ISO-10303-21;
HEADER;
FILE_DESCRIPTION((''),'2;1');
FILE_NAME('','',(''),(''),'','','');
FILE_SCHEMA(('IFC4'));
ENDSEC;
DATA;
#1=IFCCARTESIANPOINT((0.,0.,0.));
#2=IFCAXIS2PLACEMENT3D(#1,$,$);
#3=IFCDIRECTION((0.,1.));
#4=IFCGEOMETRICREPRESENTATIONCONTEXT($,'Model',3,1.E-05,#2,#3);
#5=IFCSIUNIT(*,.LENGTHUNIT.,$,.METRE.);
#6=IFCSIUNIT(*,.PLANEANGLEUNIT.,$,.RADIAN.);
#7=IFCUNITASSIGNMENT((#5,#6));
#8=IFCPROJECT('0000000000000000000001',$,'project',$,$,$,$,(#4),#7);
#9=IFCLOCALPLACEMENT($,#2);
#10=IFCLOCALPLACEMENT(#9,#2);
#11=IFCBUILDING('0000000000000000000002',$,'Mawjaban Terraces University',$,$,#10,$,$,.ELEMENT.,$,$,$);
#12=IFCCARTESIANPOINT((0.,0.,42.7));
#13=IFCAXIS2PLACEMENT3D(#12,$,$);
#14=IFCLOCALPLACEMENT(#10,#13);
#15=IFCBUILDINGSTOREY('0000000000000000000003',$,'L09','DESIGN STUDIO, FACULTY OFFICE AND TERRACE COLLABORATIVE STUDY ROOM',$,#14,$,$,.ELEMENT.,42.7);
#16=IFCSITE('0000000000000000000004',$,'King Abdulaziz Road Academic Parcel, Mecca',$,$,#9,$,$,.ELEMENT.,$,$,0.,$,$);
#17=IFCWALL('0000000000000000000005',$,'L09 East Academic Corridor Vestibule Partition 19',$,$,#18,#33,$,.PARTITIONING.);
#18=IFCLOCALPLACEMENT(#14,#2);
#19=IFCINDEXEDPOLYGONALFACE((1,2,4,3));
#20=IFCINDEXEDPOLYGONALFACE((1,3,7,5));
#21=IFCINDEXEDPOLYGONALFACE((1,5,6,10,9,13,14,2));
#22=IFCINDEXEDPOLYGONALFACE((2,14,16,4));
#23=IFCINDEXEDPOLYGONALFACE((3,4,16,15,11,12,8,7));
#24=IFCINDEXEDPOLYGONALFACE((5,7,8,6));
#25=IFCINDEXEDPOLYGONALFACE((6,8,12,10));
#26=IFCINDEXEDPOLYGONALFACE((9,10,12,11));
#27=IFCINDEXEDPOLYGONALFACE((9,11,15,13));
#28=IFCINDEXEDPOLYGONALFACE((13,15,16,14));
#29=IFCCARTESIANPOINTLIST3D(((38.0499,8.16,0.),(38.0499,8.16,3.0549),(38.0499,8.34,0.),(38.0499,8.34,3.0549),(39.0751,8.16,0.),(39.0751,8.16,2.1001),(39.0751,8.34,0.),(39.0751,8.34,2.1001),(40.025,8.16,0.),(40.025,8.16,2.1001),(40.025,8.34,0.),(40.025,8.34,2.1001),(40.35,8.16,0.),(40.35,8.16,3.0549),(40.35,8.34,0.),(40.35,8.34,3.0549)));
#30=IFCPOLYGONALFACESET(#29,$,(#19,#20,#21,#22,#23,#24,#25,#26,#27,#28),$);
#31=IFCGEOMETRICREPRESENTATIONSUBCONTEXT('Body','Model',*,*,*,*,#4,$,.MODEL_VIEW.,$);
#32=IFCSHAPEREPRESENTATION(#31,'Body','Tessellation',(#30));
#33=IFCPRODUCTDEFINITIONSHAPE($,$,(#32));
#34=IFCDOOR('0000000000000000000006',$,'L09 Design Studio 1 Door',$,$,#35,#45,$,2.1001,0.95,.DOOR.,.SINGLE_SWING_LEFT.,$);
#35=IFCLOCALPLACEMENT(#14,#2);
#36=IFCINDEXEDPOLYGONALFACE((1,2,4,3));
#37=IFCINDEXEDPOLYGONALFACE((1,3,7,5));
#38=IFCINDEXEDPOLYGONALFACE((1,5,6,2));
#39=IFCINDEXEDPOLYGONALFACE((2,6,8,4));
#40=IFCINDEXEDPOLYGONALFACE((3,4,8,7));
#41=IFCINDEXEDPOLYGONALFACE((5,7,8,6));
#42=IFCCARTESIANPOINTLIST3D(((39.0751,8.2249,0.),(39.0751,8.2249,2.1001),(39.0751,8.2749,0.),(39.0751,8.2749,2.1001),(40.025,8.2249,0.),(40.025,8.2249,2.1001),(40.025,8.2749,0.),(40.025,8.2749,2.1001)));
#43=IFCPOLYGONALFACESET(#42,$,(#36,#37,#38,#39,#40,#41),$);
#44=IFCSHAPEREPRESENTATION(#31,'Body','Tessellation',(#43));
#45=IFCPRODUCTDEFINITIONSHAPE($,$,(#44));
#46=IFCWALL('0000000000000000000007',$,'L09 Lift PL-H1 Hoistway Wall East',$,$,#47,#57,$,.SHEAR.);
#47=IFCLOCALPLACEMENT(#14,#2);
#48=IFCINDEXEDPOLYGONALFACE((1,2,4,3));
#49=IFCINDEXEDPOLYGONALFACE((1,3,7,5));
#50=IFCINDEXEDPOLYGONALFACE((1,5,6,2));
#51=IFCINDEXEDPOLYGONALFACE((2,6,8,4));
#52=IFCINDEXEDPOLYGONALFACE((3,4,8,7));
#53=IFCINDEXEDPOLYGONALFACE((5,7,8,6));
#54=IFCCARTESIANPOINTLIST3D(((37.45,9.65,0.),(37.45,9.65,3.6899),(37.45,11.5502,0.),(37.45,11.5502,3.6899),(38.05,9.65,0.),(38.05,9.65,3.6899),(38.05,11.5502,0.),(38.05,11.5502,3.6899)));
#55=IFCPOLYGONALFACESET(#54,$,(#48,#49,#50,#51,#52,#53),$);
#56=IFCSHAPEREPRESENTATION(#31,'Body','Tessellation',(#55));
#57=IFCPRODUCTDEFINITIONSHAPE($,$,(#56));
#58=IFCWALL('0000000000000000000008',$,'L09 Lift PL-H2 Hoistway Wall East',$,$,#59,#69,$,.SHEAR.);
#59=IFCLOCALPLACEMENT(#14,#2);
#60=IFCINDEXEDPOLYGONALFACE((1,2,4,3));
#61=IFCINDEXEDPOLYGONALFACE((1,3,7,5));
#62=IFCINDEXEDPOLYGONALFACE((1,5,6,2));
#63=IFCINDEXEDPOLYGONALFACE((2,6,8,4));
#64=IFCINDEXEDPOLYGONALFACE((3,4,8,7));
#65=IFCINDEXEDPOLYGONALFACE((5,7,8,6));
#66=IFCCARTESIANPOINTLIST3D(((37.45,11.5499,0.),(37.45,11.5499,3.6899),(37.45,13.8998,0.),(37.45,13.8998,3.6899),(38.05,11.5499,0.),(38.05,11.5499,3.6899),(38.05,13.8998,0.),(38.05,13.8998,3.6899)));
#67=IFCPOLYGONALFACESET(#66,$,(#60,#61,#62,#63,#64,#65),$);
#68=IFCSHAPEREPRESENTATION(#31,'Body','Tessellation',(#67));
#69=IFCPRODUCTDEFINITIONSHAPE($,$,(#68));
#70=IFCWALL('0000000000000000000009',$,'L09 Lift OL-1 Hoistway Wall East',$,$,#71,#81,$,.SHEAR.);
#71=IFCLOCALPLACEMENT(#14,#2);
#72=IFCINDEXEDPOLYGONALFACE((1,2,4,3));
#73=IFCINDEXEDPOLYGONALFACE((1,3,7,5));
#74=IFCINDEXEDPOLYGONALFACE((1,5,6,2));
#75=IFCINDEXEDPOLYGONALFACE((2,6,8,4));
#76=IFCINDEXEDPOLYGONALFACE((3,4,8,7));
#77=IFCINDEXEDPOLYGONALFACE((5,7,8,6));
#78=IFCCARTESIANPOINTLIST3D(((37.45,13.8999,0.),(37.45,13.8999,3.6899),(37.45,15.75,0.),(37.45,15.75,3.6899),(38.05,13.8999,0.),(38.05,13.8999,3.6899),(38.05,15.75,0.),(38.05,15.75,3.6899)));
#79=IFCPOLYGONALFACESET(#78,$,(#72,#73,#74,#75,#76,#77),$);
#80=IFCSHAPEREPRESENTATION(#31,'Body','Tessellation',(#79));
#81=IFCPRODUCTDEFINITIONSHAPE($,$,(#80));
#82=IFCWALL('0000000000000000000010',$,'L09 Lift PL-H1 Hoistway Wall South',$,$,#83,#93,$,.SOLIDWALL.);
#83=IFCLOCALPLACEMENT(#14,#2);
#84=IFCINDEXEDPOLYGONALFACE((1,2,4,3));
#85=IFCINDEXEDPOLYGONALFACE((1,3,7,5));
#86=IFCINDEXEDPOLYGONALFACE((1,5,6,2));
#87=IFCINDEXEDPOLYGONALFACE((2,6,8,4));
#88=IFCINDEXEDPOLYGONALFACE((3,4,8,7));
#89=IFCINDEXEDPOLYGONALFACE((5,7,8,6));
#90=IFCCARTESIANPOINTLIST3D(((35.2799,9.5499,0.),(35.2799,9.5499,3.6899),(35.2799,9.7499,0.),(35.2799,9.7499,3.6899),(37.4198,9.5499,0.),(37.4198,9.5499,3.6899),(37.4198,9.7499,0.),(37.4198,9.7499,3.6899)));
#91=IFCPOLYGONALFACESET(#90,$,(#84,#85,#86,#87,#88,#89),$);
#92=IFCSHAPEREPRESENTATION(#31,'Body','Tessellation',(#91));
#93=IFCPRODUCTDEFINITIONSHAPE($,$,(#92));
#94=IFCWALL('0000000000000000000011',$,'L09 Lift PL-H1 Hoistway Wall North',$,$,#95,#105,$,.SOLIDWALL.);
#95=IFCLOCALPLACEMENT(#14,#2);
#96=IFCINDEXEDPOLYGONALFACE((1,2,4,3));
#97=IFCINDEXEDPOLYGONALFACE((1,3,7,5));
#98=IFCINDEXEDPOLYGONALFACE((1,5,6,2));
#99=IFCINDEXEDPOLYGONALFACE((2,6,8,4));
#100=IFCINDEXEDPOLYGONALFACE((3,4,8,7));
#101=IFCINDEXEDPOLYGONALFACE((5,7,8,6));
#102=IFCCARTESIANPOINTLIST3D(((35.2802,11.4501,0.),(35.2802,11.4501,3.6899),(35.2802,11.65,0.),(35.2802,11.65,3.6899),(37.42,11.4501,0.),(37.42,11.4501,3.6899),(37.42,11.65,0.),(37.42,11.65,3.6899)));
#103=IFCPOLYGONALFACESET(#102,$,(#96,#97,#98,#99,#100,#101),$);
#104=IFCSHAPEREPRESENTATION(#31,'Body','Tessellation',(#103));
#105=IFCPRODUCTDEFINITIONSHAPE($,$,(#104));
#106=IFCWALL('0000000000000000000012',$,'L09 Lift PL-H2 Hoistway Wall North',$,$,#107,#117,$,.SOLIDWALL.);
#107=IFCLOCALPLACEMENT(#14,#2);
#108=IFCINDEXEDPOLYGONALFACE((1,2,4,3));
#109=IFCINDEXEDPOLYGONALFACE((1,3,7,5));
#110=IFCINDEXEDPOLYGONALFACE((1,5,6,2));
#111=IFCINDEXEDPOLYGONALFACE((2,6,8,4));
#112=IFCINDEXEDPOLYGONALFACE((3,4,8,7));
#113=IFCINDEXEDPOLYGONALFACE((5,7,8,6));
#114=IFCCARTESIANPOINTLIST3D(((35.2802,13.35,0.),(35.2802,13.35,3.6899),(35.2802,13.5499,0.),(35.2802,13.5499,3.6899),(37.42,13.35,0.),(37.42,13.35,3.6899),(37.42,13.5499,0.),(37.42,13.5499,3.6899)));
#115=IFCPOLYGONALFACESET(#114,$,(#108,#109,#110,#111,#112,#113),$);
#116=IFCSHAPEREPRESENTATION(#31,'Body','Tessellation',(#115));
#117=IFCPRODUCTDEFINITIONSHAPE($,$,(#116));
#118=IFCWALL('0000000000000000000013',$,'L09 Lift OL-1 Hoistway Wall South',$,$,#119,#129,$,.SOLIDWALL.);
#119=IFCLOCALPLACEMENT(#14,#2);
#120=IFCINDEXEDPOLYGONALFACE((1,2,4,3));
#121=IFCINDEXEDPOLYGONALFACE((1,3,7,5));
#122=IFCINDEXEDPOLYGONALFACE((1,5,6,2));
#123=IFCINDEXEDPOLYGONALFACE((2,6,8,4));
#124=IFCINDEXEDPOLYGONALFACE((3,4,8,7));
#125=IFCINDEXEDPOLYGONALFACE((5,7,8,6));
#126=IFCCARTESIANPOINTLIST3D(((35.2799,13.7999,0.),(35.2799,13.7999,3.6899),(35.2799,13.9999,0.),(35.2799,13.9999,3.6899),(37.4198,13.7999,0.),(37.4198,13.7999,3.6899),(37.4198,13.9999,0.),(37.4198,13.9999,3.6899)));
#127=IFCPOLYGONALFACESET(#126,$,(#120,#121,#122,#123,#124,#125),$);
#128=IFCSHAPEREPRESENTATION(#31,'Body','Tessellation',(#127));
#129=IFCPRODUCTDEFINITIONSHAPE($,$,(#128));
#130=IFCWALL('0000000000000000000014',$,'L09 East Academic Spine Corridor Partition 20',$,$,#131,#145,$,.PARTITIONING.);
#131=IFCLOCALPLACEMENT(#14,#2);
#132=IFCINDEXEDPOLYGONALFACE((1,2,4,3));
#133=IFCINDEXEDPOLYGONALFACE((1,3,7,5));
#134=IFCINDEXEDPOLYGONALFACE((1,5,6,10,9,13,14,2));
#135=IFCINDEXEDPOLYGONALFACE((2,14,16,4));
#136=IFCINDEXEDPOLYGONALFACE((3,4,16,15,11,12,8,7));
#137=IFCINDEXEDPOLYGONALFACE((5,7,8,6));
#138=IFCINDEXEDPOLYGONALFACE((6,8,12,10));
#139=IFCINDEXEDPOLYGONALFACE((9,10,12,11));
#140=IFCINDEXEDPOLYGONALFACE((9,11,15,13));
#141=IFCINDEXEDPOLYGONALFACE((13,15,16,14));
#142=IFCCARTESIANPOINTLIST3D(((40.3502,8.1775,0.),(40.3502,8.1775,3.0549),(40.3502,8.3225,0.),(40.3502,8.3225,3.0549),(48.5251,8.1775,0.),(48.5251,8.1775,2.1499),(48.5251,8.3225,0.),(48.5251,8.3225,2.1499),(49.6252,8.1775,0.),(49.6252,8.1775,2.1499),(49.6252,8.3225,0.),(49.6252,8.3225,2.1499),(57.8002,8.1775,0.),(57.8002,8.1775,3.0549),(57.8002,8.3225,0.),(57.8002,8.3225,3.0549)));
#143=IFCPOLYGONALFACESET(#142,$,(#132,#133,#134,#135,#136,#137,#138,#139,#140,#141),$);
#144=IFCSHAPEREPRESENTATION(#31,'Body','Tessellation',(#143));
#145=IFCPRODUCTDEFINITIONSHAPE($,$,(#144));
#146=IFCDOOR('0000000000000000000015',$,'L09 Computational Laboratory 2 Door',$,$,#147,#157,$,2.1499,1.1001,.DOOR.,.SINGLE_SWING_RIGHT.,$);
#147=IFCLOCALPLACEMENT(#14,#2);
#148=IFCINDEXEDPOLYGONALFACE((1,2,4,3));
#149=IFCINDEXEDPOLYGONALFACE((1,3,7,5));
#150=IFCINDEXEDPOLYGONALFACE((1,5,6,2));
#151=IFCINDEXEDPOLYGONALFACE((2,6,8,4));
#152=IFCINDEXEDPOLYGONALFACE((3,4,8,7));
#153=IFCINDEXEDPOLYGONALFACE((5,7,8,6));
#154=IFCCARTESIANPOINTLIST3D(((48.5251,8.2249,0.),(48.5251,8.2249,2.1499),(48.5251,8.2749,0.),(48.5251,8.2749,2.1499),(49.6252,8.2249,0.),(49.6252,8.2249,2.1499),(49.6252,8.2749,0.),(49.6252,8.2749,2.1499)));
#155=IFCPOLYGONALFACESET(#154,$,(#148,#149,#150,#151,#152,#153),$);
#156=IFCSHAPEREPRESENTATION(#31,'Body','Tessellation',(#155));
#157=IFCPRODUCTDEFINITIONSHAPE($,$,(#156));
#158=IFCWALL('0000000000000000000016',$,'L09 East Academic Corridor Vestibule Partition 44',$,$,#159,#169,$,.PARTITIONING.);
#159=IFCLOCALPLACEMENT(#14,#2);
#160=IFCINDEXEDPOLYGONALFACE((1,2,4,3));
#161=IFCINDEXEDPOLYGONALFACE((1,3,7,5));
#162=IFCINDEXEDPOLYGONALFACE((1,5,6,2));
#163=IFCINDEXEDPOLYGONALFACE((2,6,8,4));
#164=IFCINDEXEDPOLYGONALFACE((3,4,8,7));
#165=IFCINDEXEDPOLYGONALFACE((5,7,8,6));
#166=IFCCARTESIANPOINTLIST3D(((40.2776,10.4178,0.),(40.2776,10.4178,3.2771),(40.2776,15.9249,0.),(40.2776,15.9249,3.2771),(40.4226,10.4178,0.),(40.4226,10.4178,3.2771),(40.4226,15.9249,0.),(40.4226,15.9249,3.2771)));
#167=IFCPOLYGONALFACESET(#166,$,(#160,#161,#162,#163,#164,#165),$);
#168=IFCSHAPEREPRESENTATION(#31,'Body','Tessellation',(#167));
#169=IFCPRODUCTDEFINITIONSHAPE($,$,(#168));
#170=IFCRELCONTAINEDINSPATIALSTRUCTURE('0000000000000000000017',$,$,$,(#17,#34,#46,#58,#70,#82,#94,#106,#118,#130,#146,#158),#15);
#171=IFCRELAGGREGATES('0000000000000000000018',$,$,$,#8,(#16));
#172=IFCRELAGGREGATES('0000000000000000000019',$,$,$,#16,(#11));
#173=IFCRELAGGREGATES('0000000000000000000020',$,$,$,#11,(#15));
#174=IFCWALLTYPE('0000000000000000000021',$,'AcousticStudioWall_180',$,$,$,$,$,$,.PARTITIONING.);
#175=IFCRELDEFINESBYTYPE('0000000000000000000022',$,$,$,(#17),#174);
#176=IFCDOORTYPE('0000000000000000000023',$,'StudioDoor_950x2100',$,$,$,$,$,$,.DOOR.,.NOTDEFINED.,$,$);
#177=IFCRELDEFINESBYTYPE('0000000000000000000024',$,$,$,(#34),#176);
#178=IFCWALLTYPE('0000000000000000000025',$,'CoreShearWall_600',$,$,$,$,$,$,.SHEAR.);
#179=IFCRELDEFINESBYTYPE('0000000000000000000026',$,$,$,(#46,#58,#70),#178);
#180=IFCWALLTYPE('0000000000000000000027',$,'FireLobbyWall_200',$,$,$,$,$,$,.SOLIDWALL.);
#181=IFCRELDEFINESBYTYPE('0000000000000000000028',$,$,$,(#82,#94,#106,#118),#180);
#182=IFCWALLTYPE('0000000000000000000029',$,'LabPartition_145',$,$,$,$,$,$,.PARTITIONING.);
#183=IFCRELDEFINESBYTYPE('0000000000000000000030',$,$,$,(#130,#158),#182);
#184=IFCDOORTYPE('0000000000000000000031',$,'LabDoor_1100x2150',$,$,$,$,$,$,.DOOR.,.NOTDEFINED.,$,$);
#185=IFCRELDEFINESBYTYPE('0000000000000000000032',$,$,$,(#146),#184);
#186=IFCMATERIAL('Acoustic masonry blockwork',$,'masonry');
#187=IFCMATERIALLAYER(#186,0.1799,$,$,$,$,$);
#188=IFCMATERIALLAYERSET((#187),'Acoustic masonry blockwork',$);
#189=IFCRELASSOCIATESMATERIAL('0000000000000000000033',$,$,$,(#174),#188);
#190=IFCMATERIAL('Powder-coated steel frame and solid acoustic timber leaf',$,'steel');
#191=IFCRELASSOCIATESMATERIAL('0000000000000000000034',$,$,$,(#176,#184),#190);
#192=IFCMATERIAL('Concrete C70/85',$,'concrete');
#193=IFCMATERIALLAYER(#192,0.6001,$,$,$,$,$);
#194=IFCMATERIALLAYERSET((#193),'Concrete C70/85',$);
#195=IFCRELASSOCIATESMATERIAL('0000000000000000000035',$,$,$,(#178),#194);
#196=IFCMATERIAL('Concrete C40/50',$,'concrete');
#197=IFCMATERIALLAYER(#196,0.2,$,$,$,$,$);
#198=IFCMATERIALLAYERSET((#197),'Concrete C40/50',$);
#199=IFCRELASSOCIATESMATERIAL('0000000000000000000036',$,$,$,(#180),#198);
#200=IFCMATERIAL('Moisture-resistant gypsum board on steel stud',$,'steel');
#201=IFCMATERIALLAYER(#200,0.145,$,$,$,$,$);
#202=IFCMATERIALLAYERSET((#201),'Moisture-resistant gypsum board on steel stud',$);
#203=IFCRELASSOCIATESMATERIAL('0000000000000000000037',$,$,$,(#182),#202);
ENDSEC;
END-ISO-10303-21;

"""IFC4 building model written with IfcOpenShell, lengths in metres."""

from ifc_helpers import new_model, si_unit, direction, frame, frame_2d, origin, place, context, subcontext, project, spatial, rectangle, extrude, material, layer, layer_set, type_object, element, fill, save


model = new_model("IFC4")

# Units and contexts
model_context = context("Model", 3, precision=1e-05, world=origin(), true_north=direction((0.0, 1.0)))
body_context = subcontext(model_context, "Body", "Model", "MODEL_VIEW")
ifc_project = project(units=[si_unit("LENGTHUNIT", "METRE"), si_unit("PLANEANGLEUNIT", "RADIAN")], contexts=[model_context])

# Site, building, storey
site_placement = place(None, origin())
site = spatial("IfcSite", under=ifc_project, at=site_placement, Name="King Abdulaziz Road Academic Parcel, Mecca", CompositionType="ELEMENT", RefElevation=0.0)
building_placement = place(site_placement, origin())
building = spatial("IfcBuilding", under=site, at=building_placement, Name="Mawjaban Terraces University", CompositionType="ELEMENT")
storey_placement = place(building_placement, frame((0.0, 0.0, 42.7)))
storey = spatial("IfcBuildingStorey", under=building, at=storey_placement, Name="L09", Description="DESIGN STUDIO, FACULTY OFFICE AND TERRACE COLLABORATIVE STUDY ROOM", CompositionType="ELEMENT", Elevation=42.7)

# Shared definitions
ifc_material_1 = material(Name="Concrete C70/85", Category="concrete")

# Wall, opening, door
ifc_material_2 = material(Name="Acoustic masonry blockwork", Category="masonry")
ifc_layer_1 = layer(ifc_material_2, 0.1799)
ifc_layer_set_1 = layer_set([ifc_layer_1], Name="Acoustic masonry blockwork")
wall_type_1 = type_object("IfcWallType", Name="AcousticStudioWall_180", PredefinedType="PARTITIONING", material=ifc_layer_set_1)
wall_1_placement = place(storey_placement, frame((38.05, 8.25, 0.0), z_axis=(0.0, 0.0, 1.0), x_axis=(1.0, 0.0, 0.0)))
wall_1 = element("IfcWall", 1, at=wall_1_placement, inside=storey, type_object=wall_type_1, Name="L09 East Academic Corridor Vestibule Partition 19", PredefinedType="PARTITIONING", context=body_context, shape_type="SweptSolid", body=[
    extrude(rectangle(XDim=2.3, YDim=0.1799, at=frame_2d((1.1499, 0.0))), origin(), (0.0, 0.0, 1.0), 3.0549),
])
opening_1_placement = place(wall_1_placement, frame((1.0249, 0.0, 0.0)))
opening_1 = element("IfcOpeningElement", 2, at=opening_1_placement, cuts=wall_1, PredefinedType="OPENING", context=body_context, shape_type="SweptSolid", body=[
    extrude(rectangle(XDim=0.95, YDim=2.1001, at=frame_2d((0.4751, 1.05))), frame((0.0, 0.0999, 0.0), z_axis=(0.0, -1.0, 0.0), x_axis=(1.0, 0.0, 0.0)), (0.0, 0.0, 1.0), 0.2),
])
ifc_material_3 = material(Name="Powder-coated steel frame and solid acoustic timber leaf", Category="steel")
door_type_1 = type_object("IfcDoorType", Name="StudioDoor_950x2100", OperationType="NOTDEFINED", PredefinedType="DOOR", material=ifc_material_3)
door_1_placement = place(opening_1_placement, origin())
door_1 = element("IfcDoor", 3, at=door_1_placement, inside=storey, type_object=door_type_1, Name="L09 Design Studio 1 Door", OperationType="SINGLE_SWING_LEFT", OverallHeight=2.1001, OverallWidth=0.95, PredefinedType="DOOR", context=body_context, shape_type="SweptSolid", body=[
    extrude(rectangle(XDim=0.95, YDim=2.1001, at=frame_2d((0.4751, 1.05))), frame((0.0, 0.0249, 0.0), z_axis=(0.0, -1.0, 0.0), x_axis=(1.0, 0.0, 0.0)), (0.0, 0.0, 1.0), 0.05),
])
fill(opening_1, door_1)

# Walls
ifc_layer_2 = layer(ifc_material_1, 0.6001)
ifc_layer_set_2 = layer_set([ifc_layer_2], Name="Concrete C70/85")
wall_type_2 = type_object("IfcWallType", Name="CoreShearWall_600", PredefinedType="SHEAR", material=ifc_layer_set_2)
wall_2_placement = place(storey_placement, frame((37.75, 9.6499, 0.0), z_axis=(0.0, 0.0, 1.0), x_axis=(0.0, 1.0, 0.0)))
element("IfcWall", 4, at=wall_2_placement, inside=storey, type_object=wall_type_2, Name="L09 Lift PL-H1 Hoistway Wall East", PredefinedType="SHEAR", context=body_context, shape_type="SweptSolid", body=[
    extrude(rectangle(XDim=1.9001, YDim=0.6001, at=frame_2d((0.9502, 0.0))), origin(), (0.0, 0.0, 1.0), 3.6899),
])
wall_3_placement = place(storey_placement, frame((37.75, 11.55, 0.0), z_axis=(0.0, 0.0, 1.0), x_axis=(0.0, 1.0, 0.0)))
element("IfcWall", 5, at=wall_3_placement, inside=storey, type_object=wall_type_2, Name="L09 Lift PL-H2 Hoistway Wall East", PredefinedType="SHEAR", context=body_context, shape_type="SweptSolid", body=[
    extrude(rectangle(XDim=2.3499, YDim=0.6001, at=frame_2d((1.1748, 0.0))), origin(), (0.0, 0.0, 1.0), 3.6899),
])
wall_4_placement = place(storey_placement, frame((37.75, 13.8999, 0.0), z_axis=(0.0, 0.0, 1.0), x_axis=(0.0, 1.0, 0.0)))
element("IfcWall", 6, at=wall_4_placement, inside=storey, type_object=wall_type_2, Name="L09 Lift OL-1 Hoistway Wall East", PredefinedType="SHEAR", context=body_context, shape_type="SweptSolid", body=[
    extrude(rectangle(XDim=1.8501, YDim=0.6001, at=frame_2d((0.925, 0.0))), origin(), (0.0, 0.0, 1.0), 3.6899),
])
ifc_material_4 = material(Name="Concrete C40/50", Category="concrete")
ifc_layer_3 = layer(ifc_material_4, 0.2)
ifc_layer_set_3 = layer_set([ifc_layer_3], Name="Concrete C40/50")
wall_type_3 = type_object("IfcWallType", Name="FireLobbyWall_200", PredefinedType="SOLIDWALL", material=ifc_layer_set_3)
for number, where, z_axis, x_axis, name in (
    (7, (35.28, 9.6499, 0.0), (0.0, 0.0, 1.0), (1.0, 0.0, 0.0), "L09 Lift PL-H1 Hoistway Wall South"),
    (8, (37.4199, 11.55, 0.0), (0.0, 0.0, 1.0), (-1.0, 0.0, 0.0), "L09 Lift PL-H1 Hoistway Wall North"),
    (9, (37.4199, 13.45, 0.0), (0.0, 0.0, 1.0), (-1.0, 0.0, 0.0), "L09 Lift PL-H2 Hoistway Wall North"),
    (10, (35.28, 13.8999, 0.0), (0.0, 0.0, 1.0), (1.0, 0.0, 0.0), "L09 Lift OL-1 Hoistway Wall South"),
):
    element("IfcWall", number, at=place(storey_placement, frame(where, z_axis=z_axis, x_axis=x_axis)), inside=storey, type_object=wall_type_3, Name=name, PredefinedType="SOLIDWALL", context=body_context, shape_type="SweptSolid", body=[
        extrude(rectangle(XDim=2.1399, YDim=0.2, at=frame_2d((1.0698, 0.0))), origin(), (0.0, 0.0, 1.0), 3.6899),
    ])

# Wall, opening, door
ifc_material_5 = material(Name="Moisture-resistant gypsum board on steel stud", Category="steel")
ifc_layer_4 = layer(ifc_material_5, 0.145)
ifc_layer_set_4 = layer_set([ifc_layer_4], Name="Moisture-resistant gypsum board on steel stud")
wall_type_4 = type_object("IfcWallType", Name="LabPartition_145", PredefinedType="PARTITIONING", material=ifc_layer_set_4)
wall_5_placement = place(storey_placement, frame((40.3501, 8.25, 0.0), z_axis=(0.0, 0.0, 1.0), x_axis=(1.0, 0.0, 0.0)))
wall_5 = element("IfcWall", 11, at=wall_5_placement, inside=storey, type_object=wall_type_4, Name="L09 East Academic Spine Corridor Partition 20", PredefinedType="PARTITIONING", context=body_context, shape_type="SweptSolid", body=[
    extrude(rectangle(XDim=17.45, YDim=0.145, at=frame_2d((8.7251, 0.0))), origin(), (0.0, 0.0, 1.0), 3.0549),
])
opening_2_placement = place(wall_5_placement, frame((8.175, 0.0, 0.0)))
opening_2 = element("IfcOpeningElement", 12, at=opening_2_placement, cuts=wall_5, PredefinedType="OPENING", context=body_context, shape_type="SweptSolid", body=[
    extrude(rectangle(XDim=1.1001, YDim=2.1499, at=frame_2d((0.55, 1.075))), frame((0.0, 0.0825, 0.0), z_axis=(0.0, -1.0, 0.0), x_axis=(1.0, 0.0, 0.0)), (0.0, 0.0, 1.0), 0.165),
])
door_type_2 = type_object("IfcDoorType", Name="LabDoor_1100x2150", OperationType="NOTDEFINED", PredefinedType="DOOR", material=ifc_material_3)
door_2_placement = place(opening_2_placement, origin())
door_2 = element("IfcDoor", 13, at=door_2_placement, inside=storey, type_object=door_type_2, Name="L09 Computational Laboratory 2 Door", OperationType="SINGLE_SWING_RIGHT", OverallHeight=2.1499, OverallWidth=1.1001, PredefinedType="DOOR", context=body_context, shape_type="SweptSolid", body=[
    extrude(rectangle(XDim=1.1001, YDim=2.1499, at=frame_2d((0.55, 1.075))), frame((0.0, 0.0249, 0.0), z_axis=(0.0, -1.0, 0.0), x_axis=(1.0, 0.0, 0.0)), (0.0, 0.0, 1.0), 0.05),
])
fill(opening_2, door_2)

# Wall
wall_6_placement = place(storey_placement, frame((40.3501, 10.418, 0.0), z_axis=(0.0, 0.0, 1.0), x_axis=(0.0, 1.0, 0.0)))
element("IfcWall", 14, at=wall_6_placement, inside=storey, type_object=wall_type_4, Name="L09 East Academic Corridor Vestibule Partition 44", PredefinedType="PARTITIONING", context=body_context, shape_type="SweptSolid", body=[
    extrude(rectangle(XDim=5.5071, YDim=0.145, at=frame_2d((2.7534, 0.0))), origin(), (0.0, 0.0, 1.0), 3.2771),
])

save(model, "model.ifc")
